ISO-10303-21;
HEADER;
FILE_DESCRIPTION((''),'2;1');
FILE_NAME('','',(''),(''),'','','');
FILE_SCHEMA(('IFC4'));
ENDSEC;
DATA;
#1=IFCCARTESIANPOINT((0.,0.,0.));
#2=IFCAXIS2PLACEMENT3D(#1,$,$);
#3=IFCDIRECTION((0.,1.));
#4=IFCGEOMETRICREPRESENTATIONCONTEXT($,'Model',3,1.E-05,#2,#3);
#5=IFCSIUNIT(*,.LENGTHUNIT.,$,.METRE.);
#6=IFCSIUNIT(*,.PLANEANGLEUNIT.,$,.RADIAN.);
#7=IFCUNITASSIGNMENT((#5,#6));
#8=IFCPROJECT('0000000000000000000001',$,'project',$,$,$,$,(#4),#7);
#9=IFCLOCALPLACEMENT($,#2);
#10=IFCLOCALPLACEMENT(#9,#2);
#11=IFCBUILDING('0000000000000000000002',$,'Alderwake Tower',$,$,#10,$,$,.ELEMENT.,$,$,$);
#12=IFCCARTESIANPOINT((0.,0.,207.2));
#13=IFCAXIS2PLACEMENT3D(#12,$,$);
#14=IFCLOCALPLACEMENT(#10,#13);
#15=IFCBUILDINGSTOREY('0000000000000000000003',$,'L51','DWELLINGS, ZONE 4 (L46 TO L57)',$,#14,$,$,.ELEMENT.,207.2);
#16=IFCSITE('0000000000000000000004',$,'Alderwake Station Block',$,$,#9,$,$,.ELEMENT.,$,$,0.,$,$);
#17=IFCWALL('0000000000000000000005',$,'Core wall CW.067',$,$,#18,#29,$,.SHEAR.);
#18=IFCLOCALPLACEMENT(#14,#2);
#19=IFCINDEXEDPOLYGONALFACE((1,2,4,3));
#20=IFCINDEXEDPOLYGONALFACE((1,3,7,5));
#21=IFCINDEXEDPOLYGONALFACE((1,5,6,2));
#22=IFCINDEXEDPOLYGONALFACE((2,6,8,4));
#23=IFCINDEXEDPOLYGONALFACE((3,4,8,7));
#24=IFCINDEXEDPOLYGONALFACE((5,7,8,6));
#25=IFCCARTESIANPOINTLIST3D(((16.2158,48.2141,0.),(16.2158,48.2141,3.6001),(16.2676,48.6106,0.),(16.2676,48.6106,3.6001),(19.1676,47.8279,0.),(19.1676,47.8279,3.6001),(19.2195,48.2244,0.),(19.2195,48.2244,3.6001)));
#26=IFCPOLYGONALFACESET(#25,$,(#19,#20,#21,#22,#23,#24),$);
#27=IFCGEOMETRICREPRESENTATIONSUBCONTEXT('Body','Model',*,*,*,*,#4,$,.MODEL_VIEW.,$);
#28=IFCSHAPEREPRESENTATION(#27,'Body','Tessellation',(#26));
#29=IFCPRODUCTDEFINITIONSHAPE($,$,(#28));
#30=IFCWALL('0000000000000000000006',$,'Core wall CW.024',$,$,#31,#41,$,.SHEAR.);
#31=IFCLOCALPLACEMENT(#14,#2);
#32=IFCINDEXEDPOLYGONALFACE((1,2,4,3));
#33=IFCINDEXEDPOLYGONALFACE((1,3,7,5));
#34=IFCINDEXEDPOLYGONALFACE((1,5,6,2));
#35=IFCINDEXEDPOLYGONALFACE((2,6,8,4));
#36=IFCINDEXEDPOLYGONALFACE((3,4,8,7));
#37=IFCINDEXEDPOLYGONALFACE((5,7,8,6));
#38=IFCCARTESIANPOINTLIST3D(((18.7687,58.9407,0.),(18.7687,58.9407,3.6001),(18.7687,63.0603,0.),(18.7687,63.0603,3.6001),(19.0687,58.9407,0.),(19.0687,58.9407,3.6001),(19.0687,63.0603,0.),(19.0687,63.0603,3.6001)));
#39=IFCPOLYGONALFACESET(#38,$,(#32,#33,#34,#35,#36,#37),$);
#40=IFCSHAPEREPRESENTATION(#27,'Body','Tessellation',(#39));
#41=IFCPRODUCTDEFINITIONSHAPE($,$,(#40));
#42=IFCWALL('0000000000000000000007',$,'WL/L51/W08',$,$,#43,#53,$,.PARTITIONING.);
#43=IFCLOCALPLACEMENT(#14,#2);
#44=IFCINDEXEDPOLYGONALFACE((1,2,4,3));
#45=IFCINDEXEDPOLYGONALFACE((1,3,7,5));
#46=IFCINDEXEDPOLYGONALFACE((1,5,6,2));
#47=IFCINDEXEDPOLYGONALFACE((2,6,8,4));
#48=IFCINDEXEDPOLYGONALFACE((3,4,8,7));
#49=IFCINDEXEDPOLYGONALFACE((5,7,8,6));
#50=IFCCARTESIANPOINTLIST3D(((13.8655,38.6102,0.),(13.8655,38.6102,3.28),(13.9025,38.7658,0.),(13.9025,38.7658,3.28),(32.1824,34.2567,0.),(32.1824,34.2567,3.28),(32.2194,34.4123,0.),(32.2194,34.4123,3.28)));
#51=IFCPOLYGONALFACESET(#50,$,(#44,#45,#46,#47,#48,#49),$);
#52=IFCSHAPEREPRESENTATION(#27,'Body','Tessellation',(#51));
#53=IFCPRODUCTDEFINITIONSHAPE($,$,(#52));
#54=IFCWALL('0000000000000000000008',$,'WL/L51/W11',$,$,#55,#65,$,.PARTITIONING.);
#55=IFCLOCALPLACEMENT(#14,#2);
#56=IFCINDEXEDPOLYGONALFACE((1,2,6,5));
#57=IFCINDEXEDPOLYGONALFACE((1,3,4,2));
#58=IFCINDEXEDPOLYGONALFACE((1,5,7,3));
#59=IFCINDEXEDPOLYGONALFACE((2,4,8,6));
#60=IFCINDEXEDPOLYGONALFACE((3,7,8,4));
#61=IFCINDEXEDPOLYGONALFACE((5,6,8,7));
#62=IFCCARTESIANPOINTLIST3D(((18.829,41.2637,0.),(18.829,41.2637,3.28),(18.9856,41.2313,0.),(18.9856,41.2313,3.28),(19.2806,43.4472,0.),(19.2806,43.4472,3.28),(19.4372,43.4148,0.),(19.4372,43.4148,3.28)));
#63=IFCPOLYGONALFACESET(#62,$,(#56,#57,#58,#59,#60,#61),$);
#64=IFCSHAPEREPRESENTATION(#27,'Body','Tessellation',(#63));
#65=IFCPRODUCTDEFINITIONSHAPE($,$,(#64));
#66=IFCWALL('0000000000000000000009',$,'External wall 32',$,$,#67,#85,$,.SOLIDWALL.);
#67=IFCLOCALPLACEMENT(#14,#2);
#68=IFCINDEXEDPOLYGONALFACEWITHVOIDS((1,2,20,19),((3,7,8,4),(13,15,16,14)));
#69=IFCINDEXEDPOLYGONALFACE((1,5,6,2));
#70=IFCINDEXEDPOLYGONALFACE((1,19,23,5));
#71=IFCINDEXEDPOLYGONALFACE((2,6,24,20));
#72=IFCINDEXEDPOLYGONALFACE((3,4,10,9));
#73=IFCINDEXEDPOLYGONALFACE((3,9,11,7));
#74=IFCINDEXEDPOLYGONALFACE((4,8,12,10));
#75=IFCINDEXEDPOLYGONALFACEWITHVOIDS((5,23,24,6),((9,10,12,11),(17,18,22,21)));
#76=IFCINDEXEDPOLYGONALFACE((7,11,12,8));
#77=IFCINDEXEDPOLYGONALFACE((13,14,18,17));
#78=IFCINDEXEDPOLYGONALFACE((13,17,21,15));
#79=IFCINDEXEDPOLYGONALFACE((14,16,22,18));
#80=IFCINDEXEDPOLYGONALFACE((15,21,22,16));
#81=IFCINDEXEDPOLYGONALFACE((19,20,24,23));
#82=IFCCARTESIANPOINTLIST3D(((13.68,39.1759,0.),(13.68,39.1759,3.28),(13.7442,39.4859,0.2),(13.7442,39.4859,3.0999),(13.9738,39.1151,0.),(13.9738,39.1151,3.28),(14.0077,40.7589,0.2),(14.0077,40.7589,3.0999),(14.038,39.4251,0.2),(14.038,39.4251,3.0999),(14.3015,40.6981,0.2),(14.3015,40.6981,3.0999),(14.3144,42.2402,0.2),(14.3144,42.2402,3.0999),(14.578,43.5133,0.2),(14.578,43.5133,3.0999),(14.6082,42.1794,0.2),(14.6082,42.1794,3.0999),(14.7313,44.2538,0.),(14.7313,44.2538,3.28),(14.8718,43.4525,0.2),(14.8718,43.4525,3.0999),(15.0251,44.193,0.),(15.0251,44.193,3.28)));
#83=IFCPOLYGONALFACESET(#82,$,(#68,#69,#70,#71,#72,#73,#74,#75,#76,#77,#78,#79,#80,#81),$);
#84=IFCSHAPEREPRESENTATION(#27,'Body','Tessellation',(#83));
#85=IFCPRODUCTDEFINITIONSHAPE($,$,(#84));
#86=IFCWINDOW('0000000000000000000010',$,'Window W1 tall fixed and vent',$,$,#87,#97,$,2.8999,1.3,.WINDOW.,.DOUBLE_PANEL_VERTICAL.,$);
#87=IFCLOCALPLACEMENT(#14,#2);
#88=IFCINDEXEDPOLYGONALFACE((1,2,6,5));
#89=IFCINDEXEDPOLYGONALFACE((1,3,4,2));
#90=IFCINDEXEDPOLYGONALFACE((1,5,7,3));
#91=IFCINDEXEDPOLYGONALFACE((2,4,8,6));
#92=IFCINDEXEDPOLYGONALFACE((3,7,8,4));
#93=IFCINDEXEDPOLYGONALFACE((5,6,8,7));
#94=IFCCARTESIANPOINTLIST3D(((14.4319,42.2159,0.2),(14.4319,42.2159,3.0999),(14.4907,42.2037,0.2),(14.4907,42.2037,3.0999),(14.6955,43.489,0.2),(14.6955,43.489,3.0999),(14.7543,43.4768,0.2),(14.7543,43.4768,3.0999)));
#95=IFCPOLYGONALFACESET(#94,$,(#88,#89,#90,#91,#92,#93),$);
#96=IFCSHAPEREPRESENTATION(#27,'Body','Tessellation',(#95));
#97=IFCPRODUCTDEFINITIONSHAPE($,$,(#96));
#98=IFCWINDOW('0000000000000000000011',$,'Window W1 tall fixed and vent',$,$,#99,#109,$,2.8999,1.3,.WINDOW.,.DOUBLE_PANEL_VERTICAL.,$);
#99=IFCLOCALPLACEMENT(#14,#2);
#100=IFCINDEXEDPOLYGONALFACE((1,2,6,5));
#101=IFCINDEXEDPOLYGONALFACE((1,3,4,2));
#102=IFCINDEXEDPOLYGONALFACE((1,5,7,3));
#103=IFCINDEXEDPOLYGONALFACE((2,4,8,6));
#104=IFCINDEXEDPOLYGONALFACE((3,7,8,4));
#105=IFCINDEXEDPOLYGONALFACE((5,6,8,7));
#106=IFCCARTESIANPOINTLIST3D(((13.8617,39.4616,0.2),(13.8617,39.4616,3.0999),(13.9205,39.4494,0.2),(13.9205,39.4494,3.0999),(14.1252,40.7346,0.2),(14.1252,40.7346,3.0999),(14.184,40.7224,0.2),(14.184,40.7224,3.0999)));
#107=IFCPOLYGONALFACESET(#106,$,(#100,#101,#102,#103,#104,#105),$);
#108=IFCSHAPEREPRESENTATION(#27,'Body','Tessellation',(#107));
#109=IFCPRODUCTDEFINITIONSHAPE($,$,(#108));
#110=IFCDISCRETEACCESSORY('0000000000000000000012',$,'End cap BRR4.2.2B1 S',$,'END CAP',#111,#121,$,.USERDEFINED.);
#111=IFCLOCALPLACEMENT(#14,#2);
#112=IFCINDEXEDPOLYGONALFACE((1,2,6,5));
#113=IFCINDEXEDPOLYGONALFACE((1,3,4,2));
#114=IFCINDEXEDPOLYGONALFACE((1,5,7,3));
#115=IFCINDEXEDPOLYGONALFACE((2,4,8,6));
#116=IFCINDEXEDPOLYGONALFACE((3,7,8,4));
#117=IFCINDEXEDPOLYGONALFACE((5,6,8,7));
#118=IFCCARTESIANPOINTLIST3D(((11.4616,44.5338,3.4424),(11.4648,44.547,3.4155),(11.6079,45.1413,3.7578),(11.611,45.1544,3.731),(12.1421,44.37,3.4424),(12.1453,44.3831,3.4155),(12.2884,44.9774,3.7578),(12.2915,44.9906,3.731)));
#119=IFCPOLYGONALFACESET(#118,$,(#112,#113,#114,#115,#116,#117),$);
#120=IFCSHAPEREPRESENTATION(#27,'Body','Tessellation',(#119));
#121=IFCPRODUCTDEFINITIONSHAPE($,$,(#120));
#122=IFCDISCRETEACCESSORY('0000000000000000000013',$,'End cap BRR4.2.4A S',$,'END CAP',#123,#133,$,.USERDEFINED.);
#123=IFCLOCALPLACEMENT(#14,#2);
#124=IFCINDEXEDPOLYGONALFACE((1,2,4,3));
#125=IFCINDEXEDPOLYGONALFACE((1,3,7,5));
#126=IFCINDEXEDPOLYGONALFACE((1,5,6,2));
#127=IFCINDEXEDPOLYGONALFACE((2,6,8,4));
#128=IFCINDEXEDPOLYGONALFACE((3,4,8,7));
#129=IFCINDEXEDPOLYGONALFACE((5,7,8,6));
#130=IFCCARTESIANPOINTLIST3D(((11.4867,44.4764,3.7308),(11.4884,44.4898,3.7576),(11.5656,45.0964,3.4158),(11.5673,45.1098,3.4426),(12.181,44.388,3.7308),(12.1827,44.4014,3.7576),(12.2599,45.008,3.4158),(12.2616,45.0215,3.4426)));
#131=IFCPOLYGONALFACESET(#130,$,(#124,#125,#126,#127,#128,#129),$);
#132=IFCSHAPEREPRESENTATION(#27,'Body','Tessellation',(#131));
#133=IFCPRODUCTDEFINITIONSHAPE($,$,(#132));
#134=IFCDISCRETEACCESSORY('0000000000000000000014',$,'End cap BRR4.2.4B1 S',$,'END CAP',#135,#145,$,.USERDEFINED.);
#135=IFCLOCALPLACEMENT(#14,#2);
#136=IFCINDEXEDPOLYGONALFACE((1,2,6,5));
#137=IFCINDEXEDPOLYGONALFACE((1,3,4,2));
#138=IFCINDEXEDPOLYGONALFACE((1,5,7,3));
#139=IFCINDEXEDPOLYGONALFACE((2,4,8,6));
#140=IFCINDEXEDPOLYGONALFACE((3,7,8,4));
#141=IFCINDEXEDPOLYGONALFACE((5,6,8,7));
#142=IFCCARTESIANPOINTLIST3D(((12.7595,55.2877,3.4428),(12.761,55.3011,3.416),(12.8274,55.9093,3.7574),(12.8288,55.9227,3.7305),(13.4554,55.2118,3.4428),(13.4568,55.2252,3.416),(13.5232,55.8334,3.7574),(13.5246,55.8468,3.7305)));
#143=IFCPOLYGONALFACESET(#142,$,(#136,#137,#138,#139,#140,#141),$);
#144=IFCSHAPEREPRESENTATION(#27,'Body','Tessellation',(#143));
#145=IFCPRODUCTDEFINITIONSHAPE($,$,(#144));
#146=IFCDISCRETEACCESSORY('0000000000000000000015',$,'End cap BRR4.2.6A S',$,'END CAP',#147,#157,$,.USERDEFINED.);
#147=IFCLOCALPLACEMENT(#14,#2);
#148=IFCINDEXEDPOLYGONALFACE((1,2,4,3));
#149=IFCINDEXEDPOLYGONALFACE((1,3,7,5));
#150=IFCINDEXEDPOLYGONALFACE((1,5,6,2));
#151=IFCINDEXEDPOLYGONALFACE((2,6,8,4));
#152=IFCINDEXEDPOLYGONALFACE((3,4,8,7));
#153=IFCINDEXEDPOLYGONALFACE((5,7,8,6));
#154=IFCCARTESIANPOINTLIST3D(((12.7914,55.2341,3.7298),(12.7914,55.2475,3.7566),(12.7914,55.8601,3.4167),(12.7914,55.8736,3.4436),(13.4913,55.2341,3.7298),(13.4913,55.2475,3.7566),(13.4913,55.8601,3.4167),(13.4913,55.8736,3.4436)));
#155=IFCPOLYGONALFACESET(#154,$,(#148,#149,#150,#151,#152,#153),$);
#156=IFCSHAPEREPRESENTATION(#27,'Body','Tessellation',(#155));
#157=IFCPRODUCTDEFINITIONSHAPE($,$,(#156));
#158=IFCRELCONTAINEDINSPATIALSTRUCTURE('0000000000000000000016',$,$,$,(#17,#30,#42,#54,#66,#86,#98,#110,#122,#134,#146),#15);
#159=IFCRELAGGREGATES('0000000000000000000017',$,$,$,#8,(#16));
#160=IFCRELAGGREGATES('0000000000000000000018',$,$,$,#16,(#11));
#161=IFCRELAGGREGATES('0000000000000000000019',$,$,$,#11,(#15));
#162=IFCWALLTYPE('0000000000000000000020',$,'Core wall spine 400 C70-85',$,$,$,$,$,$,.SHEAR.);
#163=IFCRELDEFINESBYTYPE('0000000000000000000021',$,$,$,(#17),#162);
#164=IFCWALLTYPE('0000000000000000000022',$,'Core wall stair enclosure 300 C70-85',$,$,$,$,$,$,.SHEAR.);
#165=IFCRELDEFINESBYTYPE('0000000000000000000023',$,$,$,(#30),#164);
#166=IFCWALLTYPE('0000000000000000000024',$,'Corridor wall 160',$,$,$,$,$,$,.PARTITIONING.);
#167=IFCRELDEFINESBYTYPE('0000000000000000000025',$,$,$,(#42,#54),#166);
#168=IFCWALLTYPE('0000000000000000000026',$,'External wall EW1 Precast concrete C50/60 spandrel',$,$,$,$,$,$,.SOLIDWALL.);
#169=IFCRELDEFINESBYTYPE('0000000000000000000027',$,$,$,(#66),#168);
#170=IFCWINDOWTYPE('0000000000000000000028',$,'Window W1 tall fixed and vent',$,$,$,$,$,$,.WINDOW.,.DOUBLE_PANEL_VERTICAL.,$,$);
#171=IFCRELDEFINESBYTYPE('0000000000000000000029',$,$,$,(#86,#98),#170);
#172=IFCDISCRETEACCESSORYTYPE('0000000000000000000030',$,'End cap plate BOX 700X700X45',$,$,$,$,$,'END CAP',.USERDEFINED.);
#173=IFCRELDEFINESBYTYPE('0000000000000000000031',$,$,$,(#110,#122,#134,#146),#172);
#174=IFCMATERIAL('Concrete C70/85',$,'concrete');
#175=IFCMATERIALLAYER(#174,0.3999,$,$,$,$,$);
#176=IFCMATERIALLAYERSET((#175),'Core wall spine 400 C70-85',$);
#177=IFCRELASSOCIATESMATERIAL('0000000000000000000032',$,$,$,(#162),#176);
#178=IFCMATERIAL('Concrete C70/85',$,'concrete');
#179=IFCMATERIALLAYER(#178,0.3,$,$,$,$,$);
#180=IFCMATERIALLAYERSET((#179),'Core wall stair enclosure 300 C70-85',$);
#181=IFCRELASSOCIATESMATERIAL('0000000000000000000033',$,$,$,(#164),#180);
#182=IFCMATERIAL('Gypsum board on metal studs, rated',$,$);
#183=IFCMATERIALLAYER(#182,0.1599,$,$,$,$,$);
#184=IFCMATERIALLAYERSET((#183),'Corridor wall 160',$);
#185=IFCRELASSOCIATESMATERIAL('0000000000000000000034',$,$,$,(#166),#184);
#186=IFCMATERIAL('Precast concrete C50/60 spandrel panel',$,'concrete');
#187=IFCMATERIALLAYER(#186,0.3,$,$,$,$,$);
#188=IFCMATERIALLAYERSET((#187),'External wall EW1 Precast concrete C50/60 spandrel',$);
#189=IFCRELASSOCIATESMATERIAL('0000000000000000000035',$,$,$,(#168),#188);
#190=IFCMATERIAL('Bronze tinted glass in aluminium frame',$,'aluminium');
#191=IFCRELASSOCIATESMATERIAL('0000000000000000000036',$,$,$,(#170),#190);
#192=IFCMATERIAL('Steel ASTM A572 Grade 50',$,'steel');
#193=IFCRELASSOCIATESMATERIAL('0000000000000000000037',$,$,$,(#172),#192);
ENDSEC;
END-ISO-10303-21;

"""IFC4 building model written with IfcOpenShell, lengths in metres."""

from ifc_helpers import new_model, si_unit, direction, frame, frame_2d, origin, origin_2d, place, context, subcontext, project, spatial, rectangle, extrude, material, layer, layer_set, material_profile, profile_set, type_object, element, fill, save


model = new_model("IFC4")

# Units and contexts
model_context = context("Model", 3, precision=1e-05, world=origin(), true_north=direction((0.0, 1.0)))
body_context = subcontext(model_context, "Body", "Model", "MODEL_VIEW")
ifc_project = project(units=[si_unit("LENGTHUNIT", "METRE"), si_unit("PLANEANGLEUNIT", "RADIAN")], contexts=[model_context])

# Site, building, storey
site_placement = place(None, origin())
site = spatial("IfcSite", under=ifc_project, at=site_placement, Name="Alderwake Station Block", CompositionType="ELEMENT", RefElevation=0.0)
building_placement = place(site_placement, origin())
building = spatial("IfcBuilding", under=site, at=building_placement, Name="Alderwake Tower", CompositionType="ELEMENT")
storey_placement = place(building_placement, frame((0.0, 0.0, 207.2)))
storey = spatial("IfcBuildingStorey", under=building, at=storey_placement, Name="L51", Description="DWELLINGS, ZONE 4 (L46 TO L57)", CompositionType="ELEMENT", Elevation=207.2)

# Shared definitions
ifc_material_1 = material(Name="Concrete C70/85", Category="concrete")
ifc_layer_1 = layer(ifc_material_1, 0.3999)
ifc_layer_set_1 = layer_set([ifc_layer_1], Name="Core wall spine 400 C70-85")
wall_type_1 = type_object("IfcWallType", Name="Core wall spine 400 C70-85", PredefinedType="SHEAR", material=ifc_layer_set_1)

# Walls
wall_1_placement = place(storey_placement, frame((16.2417, 48.4124, 0.0), z_axis=(0.0, 0.0, 1.0), x_axis=(0.991549, -0.129735, 0.0)))
element("IfcWall", 1, at=wall_1_placement, inside=storey, type_object=wall_type_1, Name="Core wall CW.067", PredefinedType="SHEAR", context=body_context, shape_type="SweptSolid", body=[
    extrude(rectangle(XDim=2.9771, YDim=0.3999, at=frame_2d((1.4885, 0.0))), origin(), (0.0, 0.0, 1.0), 3.6001),
])
ifc_material_2 = material(Name="Concrete C70/85", Category="concrete")
ifc_layer_2 = layer(ifc_material_2, 0.3)
ifc_layer_set_2 = layer_set([ifc_layer_2], Name="Core wall stair enclosure 300 C70-85")
wall_type_2 = type_object("IfcWallType", Name="Core wall stair enclosure 300 C70-85", PredefinedType="SHEAR", material=ifc_layer_set_2)
wall_2_placement = place(storey_placement, frame((18.9187, 58.9407, 0.0), z_axis=(0.0, 0.0, 1.0), x_axis=(0.0, 1.0, 0.0)))
element("IfcWall", 2, at=wall_2_placement, inside=storey, type_object=wall_type_2, Name="Core wall CW.024", PredefinedType="SHEAR", context=body_context, shape_type="SweptSolid", body=[
    extrude(rectangle(XDim=4.1196, YDim=0.3, at=frame_2d((2.0598, 0.0))), origin(), (0.0, 0.0, 1.0), 3.6001),
])
ifc_material_3 = material(Name="Gypsum board on metal studs, rated")
ifc_layer_3 = layer(ifc_material_3, 0.1599)
ifc_layer_set_3 = layer_set([ifc_layer_3], Name="Corridor wall 160")
wall_type_3 = type_object("IfcWallType", Name="Corridor wall 160", PredefinedType="PARTITIONING", material=ifc_layer_set_3)
wall_3_placement = place(storey_placement, frame((13.884, 38.688, 0.0), z_axis=(0.0, 0.0, 1.0), x_axis=(0.972898, -0.231236, 0.0)))
element("IfcWall", 3, at=wall_3_placement, inside=storey, type_object=wall_type_3, Name="WL/L51/W08", PredefinedType="PARTITIONING", context=body_context, shape_type="SweptSolid", body=[
    extrude(rectangle(XDim=18.8271, YDim=0.1599, at=frame_2d((9.4136, 0.0))), origin(), (0.0, 0.0, 1.0), 3.28),
])
wall_4_placement = place(storey_placement, frame((19.3589, 43.4309, 0.0), z_axis=(0.0, 0.0, 1.0), x_axis=(-0.202555, -0.979271, 0.0)))
element("IfcWall", 4, at=wall_4_placement, inside=storey, type_object=wall_type_3, Name="WL/L51/W11", PredefinedType="PARTITIONING", context=body_context, shape_type="SweptSolid", body=[
    extrude(rectangle(XDim=2.2297, YDim=0.1599, at=frame_2d((1.1147, 0.0))), origin(), (0.0, 0.0, 1.0), 3.28),
])

# Wall, openings, windows
ifc_material_4 = material(Name="Precast concrete C50/60 spandrel panel", Category="concrete")
ifc_layer_4 = layer(ifc_material_4, 0.3)
ifc_layer_set_4 = layer_set([ifc_layer_4], Name="External wall EW1 Precast concrete C50/60 spandrel")
wall_type_4 = type_object("IfcWallType", Name="External wall EW1 Precast concrete C50/60 spandrel", PredefinedType="SOLIDWALL", material=ifc_layer_set_4)
wall_5_placement = place(storey_placement, frame((14.8782, 44.2234, 0.0), z_axis=(0.0, 0.0, 1.0), x_axis=(-0.20273, -0.979235, 0.0)))
wall_5 = element("IfcWall", 5, at=wall_5_placement, inside=storey, type_object=wall_type_4, Name="External wall 32", PredefinedType="SOLIDWALL", context=body_context, shape_type="SweptSolid", body=[
    extrude(rectangle(XDim=5.1855, YDim=0.3, at=frame_2d((2.5928, 0.0))), origin(), (0.0, 0.0, 1.0), 3.28),
])
opening_1_placement = place(wall_5_placement, frame((0.7563, 0.0, 0.2)))
opening_1 = element("IfcOpeningElement", 6, at=opening_1_placement, cuts=wall_5, PredefinedType="OPENING", context=body_context, shape_type="SweptSolid", body=[
    extrude(rectangle(XDim=1.3, YDim=2.8999, at=frame_2d((0.6499, 1.45))), frame((0.0, 0.1599, 0.0), z_axis=(0.0, -1.0, 0.0), x_axis=(1.0, 0.0, 0.0)), (0.0, 0.0, 1.0), 0.3201),
])
opening_2_placement = place(wall_5_placement, frame((3.5691, 0.0, 0.2)))
opening_2 = element("IfcOpeningElement", 7, at=opening_2_placement, cuts=wall_5, PredefinedType="OPENING", context=body_context, shape_type="SweptSolid", body=[
    extrude(rectangle(XDim=1.3, YDim=2.8999, at=frame_2d((0.6499, 1.45))), frame((0.0, 0.1599, 0.0), z_axis=(0.0, -1.0, 0.0), x_axis=(1.0, 0.0, 0.0)), (0.0, 0.0, 1.0), 0.3201),
])
ifc_material_5 = material(Name="Bronze tinted glass in aluminium frame", Category="aluminium")
window_type = type_object("IfcWindowType", Name="Window W1 tall fixed and vent", PartitioningType="DOUBLE_PANEL_VERTICAL", PredefinedType="WINDOW", material=ifc_material_5)
window_1_placement = place(opening_1_placement, origin())
window_1 = element("IfcWindow", 8, at=window_1_placement, inside=storey, type_object=window_type, Name="Window W1 tall fixed and vent", OverallHeight=2.8999, OverallWidth=1.3, PartitioningType="DOUBLE_PANEL_VERTICAL", PredefinedType="WINDOW", context=body_context, shape_type="SweptSolid", body=[
    extrude(rectangle(XDim=1.3, YDim=2.8999, at=frame_2d((0.6499, 1.45))), frame((0.0, 0.03, 0.0), z_axis=(0.0, -1.0, 0.0), x_axis=(1.0, 0.0, 0.0)), (0.0, 0.0, 1.0), 0.0601),
])
fill(opening_1, window_1)
window_2_placement = place(opening_2_placement, origin())
window_2 = element("IfcWindow", 9, at=window_2_placement, inside=storey, type_object=window_type, Name="Window W1 tall fixed and vent", OverallHeight=2.8999, OverallWidth=1.3, PartitioningType="DOUBLE_PANEL_VERTICAL", PredefinedType="WINDOW", context=body_context, shape_type="SweptSolid", body=[
    extrude(rectangle(XDim=1.3, YDim=2.8999, at=frame_2d((0.6499, 1.45))), frame((0.0, 0.03, 0.0), z_axis=(0.0, -1.0, 0.0), x_axis=(1.0, 0.0, 0.0)), (0.0, 0.0, 1.0), 0.0601),
])
fill(opening_2, window_2)

# Discrete accessories
ifc_material_6 = material(Name="Steel ASTM A572 Grade 50", Category="steel")
ifc_material_profile_1 = material_profile(ifc_material_6, rectangle(XDim=0.7, YDim=0.7, at=origin_2d()), Name="BOX 700X700X45 cap")
ifc_profile_set_1 = profile_set([ifc_material_profile_1], Name="Steel ASTM A572 Grade 50")
discrete_accessory_type = type_object("IfcDiscreteAccessoryType", Name="End cap plate BOX 700X700X45", ElementType="END CAP", PredefinedType="USERDEFINED", material=ifc_profile_set_1)
for number, where, z_axis, x_axis, name in (
    (10, (11.875, 44.7556, 3.6001), (0.105496, 0.438214, -0.892658), (-0.972224, 0.234054, 0.0), "End cap BRR4.2.2B1 S"),
    (11, (11.875, 44.7556, 3.6001), (-0.056826, -0.446491, -0.892982), (0.991998, -0.126254, 0.0), "End cap BRR4.2.4A S"),
    (12, (13.1414, 55.5605, 3.6001), (0.048729, 0.446682, -0.893365), (-0.994102, 0.108448, 0.0), "End cap BRR4.2.4B1 S"),
    (13, (13.1414, 55.5605, 3.6001), (0.0, -0.447214, -0.894427), (1.0, 0.0, 0.0), "End cap BRR4.2.6A S"),
):
    element("IfcDiscreteAccessory", number, at=place(storey_placement, frame(where, z_axis=z_axis, x_axis=x_axis)), inside=storey, type_object=discrete_accessory_type, Name=name, ObjectType="END CAP", PredefinedType="USERDEFINED", context=body_context, shape_type="SweptSolid", body=[
        extrude(rectangle(XDim=0.7, YDim=0.7, at=origin_2d()), origin(), (0.0, 0.0, 1.0), 0.03),
    ])

save(model, "model.ifc")
